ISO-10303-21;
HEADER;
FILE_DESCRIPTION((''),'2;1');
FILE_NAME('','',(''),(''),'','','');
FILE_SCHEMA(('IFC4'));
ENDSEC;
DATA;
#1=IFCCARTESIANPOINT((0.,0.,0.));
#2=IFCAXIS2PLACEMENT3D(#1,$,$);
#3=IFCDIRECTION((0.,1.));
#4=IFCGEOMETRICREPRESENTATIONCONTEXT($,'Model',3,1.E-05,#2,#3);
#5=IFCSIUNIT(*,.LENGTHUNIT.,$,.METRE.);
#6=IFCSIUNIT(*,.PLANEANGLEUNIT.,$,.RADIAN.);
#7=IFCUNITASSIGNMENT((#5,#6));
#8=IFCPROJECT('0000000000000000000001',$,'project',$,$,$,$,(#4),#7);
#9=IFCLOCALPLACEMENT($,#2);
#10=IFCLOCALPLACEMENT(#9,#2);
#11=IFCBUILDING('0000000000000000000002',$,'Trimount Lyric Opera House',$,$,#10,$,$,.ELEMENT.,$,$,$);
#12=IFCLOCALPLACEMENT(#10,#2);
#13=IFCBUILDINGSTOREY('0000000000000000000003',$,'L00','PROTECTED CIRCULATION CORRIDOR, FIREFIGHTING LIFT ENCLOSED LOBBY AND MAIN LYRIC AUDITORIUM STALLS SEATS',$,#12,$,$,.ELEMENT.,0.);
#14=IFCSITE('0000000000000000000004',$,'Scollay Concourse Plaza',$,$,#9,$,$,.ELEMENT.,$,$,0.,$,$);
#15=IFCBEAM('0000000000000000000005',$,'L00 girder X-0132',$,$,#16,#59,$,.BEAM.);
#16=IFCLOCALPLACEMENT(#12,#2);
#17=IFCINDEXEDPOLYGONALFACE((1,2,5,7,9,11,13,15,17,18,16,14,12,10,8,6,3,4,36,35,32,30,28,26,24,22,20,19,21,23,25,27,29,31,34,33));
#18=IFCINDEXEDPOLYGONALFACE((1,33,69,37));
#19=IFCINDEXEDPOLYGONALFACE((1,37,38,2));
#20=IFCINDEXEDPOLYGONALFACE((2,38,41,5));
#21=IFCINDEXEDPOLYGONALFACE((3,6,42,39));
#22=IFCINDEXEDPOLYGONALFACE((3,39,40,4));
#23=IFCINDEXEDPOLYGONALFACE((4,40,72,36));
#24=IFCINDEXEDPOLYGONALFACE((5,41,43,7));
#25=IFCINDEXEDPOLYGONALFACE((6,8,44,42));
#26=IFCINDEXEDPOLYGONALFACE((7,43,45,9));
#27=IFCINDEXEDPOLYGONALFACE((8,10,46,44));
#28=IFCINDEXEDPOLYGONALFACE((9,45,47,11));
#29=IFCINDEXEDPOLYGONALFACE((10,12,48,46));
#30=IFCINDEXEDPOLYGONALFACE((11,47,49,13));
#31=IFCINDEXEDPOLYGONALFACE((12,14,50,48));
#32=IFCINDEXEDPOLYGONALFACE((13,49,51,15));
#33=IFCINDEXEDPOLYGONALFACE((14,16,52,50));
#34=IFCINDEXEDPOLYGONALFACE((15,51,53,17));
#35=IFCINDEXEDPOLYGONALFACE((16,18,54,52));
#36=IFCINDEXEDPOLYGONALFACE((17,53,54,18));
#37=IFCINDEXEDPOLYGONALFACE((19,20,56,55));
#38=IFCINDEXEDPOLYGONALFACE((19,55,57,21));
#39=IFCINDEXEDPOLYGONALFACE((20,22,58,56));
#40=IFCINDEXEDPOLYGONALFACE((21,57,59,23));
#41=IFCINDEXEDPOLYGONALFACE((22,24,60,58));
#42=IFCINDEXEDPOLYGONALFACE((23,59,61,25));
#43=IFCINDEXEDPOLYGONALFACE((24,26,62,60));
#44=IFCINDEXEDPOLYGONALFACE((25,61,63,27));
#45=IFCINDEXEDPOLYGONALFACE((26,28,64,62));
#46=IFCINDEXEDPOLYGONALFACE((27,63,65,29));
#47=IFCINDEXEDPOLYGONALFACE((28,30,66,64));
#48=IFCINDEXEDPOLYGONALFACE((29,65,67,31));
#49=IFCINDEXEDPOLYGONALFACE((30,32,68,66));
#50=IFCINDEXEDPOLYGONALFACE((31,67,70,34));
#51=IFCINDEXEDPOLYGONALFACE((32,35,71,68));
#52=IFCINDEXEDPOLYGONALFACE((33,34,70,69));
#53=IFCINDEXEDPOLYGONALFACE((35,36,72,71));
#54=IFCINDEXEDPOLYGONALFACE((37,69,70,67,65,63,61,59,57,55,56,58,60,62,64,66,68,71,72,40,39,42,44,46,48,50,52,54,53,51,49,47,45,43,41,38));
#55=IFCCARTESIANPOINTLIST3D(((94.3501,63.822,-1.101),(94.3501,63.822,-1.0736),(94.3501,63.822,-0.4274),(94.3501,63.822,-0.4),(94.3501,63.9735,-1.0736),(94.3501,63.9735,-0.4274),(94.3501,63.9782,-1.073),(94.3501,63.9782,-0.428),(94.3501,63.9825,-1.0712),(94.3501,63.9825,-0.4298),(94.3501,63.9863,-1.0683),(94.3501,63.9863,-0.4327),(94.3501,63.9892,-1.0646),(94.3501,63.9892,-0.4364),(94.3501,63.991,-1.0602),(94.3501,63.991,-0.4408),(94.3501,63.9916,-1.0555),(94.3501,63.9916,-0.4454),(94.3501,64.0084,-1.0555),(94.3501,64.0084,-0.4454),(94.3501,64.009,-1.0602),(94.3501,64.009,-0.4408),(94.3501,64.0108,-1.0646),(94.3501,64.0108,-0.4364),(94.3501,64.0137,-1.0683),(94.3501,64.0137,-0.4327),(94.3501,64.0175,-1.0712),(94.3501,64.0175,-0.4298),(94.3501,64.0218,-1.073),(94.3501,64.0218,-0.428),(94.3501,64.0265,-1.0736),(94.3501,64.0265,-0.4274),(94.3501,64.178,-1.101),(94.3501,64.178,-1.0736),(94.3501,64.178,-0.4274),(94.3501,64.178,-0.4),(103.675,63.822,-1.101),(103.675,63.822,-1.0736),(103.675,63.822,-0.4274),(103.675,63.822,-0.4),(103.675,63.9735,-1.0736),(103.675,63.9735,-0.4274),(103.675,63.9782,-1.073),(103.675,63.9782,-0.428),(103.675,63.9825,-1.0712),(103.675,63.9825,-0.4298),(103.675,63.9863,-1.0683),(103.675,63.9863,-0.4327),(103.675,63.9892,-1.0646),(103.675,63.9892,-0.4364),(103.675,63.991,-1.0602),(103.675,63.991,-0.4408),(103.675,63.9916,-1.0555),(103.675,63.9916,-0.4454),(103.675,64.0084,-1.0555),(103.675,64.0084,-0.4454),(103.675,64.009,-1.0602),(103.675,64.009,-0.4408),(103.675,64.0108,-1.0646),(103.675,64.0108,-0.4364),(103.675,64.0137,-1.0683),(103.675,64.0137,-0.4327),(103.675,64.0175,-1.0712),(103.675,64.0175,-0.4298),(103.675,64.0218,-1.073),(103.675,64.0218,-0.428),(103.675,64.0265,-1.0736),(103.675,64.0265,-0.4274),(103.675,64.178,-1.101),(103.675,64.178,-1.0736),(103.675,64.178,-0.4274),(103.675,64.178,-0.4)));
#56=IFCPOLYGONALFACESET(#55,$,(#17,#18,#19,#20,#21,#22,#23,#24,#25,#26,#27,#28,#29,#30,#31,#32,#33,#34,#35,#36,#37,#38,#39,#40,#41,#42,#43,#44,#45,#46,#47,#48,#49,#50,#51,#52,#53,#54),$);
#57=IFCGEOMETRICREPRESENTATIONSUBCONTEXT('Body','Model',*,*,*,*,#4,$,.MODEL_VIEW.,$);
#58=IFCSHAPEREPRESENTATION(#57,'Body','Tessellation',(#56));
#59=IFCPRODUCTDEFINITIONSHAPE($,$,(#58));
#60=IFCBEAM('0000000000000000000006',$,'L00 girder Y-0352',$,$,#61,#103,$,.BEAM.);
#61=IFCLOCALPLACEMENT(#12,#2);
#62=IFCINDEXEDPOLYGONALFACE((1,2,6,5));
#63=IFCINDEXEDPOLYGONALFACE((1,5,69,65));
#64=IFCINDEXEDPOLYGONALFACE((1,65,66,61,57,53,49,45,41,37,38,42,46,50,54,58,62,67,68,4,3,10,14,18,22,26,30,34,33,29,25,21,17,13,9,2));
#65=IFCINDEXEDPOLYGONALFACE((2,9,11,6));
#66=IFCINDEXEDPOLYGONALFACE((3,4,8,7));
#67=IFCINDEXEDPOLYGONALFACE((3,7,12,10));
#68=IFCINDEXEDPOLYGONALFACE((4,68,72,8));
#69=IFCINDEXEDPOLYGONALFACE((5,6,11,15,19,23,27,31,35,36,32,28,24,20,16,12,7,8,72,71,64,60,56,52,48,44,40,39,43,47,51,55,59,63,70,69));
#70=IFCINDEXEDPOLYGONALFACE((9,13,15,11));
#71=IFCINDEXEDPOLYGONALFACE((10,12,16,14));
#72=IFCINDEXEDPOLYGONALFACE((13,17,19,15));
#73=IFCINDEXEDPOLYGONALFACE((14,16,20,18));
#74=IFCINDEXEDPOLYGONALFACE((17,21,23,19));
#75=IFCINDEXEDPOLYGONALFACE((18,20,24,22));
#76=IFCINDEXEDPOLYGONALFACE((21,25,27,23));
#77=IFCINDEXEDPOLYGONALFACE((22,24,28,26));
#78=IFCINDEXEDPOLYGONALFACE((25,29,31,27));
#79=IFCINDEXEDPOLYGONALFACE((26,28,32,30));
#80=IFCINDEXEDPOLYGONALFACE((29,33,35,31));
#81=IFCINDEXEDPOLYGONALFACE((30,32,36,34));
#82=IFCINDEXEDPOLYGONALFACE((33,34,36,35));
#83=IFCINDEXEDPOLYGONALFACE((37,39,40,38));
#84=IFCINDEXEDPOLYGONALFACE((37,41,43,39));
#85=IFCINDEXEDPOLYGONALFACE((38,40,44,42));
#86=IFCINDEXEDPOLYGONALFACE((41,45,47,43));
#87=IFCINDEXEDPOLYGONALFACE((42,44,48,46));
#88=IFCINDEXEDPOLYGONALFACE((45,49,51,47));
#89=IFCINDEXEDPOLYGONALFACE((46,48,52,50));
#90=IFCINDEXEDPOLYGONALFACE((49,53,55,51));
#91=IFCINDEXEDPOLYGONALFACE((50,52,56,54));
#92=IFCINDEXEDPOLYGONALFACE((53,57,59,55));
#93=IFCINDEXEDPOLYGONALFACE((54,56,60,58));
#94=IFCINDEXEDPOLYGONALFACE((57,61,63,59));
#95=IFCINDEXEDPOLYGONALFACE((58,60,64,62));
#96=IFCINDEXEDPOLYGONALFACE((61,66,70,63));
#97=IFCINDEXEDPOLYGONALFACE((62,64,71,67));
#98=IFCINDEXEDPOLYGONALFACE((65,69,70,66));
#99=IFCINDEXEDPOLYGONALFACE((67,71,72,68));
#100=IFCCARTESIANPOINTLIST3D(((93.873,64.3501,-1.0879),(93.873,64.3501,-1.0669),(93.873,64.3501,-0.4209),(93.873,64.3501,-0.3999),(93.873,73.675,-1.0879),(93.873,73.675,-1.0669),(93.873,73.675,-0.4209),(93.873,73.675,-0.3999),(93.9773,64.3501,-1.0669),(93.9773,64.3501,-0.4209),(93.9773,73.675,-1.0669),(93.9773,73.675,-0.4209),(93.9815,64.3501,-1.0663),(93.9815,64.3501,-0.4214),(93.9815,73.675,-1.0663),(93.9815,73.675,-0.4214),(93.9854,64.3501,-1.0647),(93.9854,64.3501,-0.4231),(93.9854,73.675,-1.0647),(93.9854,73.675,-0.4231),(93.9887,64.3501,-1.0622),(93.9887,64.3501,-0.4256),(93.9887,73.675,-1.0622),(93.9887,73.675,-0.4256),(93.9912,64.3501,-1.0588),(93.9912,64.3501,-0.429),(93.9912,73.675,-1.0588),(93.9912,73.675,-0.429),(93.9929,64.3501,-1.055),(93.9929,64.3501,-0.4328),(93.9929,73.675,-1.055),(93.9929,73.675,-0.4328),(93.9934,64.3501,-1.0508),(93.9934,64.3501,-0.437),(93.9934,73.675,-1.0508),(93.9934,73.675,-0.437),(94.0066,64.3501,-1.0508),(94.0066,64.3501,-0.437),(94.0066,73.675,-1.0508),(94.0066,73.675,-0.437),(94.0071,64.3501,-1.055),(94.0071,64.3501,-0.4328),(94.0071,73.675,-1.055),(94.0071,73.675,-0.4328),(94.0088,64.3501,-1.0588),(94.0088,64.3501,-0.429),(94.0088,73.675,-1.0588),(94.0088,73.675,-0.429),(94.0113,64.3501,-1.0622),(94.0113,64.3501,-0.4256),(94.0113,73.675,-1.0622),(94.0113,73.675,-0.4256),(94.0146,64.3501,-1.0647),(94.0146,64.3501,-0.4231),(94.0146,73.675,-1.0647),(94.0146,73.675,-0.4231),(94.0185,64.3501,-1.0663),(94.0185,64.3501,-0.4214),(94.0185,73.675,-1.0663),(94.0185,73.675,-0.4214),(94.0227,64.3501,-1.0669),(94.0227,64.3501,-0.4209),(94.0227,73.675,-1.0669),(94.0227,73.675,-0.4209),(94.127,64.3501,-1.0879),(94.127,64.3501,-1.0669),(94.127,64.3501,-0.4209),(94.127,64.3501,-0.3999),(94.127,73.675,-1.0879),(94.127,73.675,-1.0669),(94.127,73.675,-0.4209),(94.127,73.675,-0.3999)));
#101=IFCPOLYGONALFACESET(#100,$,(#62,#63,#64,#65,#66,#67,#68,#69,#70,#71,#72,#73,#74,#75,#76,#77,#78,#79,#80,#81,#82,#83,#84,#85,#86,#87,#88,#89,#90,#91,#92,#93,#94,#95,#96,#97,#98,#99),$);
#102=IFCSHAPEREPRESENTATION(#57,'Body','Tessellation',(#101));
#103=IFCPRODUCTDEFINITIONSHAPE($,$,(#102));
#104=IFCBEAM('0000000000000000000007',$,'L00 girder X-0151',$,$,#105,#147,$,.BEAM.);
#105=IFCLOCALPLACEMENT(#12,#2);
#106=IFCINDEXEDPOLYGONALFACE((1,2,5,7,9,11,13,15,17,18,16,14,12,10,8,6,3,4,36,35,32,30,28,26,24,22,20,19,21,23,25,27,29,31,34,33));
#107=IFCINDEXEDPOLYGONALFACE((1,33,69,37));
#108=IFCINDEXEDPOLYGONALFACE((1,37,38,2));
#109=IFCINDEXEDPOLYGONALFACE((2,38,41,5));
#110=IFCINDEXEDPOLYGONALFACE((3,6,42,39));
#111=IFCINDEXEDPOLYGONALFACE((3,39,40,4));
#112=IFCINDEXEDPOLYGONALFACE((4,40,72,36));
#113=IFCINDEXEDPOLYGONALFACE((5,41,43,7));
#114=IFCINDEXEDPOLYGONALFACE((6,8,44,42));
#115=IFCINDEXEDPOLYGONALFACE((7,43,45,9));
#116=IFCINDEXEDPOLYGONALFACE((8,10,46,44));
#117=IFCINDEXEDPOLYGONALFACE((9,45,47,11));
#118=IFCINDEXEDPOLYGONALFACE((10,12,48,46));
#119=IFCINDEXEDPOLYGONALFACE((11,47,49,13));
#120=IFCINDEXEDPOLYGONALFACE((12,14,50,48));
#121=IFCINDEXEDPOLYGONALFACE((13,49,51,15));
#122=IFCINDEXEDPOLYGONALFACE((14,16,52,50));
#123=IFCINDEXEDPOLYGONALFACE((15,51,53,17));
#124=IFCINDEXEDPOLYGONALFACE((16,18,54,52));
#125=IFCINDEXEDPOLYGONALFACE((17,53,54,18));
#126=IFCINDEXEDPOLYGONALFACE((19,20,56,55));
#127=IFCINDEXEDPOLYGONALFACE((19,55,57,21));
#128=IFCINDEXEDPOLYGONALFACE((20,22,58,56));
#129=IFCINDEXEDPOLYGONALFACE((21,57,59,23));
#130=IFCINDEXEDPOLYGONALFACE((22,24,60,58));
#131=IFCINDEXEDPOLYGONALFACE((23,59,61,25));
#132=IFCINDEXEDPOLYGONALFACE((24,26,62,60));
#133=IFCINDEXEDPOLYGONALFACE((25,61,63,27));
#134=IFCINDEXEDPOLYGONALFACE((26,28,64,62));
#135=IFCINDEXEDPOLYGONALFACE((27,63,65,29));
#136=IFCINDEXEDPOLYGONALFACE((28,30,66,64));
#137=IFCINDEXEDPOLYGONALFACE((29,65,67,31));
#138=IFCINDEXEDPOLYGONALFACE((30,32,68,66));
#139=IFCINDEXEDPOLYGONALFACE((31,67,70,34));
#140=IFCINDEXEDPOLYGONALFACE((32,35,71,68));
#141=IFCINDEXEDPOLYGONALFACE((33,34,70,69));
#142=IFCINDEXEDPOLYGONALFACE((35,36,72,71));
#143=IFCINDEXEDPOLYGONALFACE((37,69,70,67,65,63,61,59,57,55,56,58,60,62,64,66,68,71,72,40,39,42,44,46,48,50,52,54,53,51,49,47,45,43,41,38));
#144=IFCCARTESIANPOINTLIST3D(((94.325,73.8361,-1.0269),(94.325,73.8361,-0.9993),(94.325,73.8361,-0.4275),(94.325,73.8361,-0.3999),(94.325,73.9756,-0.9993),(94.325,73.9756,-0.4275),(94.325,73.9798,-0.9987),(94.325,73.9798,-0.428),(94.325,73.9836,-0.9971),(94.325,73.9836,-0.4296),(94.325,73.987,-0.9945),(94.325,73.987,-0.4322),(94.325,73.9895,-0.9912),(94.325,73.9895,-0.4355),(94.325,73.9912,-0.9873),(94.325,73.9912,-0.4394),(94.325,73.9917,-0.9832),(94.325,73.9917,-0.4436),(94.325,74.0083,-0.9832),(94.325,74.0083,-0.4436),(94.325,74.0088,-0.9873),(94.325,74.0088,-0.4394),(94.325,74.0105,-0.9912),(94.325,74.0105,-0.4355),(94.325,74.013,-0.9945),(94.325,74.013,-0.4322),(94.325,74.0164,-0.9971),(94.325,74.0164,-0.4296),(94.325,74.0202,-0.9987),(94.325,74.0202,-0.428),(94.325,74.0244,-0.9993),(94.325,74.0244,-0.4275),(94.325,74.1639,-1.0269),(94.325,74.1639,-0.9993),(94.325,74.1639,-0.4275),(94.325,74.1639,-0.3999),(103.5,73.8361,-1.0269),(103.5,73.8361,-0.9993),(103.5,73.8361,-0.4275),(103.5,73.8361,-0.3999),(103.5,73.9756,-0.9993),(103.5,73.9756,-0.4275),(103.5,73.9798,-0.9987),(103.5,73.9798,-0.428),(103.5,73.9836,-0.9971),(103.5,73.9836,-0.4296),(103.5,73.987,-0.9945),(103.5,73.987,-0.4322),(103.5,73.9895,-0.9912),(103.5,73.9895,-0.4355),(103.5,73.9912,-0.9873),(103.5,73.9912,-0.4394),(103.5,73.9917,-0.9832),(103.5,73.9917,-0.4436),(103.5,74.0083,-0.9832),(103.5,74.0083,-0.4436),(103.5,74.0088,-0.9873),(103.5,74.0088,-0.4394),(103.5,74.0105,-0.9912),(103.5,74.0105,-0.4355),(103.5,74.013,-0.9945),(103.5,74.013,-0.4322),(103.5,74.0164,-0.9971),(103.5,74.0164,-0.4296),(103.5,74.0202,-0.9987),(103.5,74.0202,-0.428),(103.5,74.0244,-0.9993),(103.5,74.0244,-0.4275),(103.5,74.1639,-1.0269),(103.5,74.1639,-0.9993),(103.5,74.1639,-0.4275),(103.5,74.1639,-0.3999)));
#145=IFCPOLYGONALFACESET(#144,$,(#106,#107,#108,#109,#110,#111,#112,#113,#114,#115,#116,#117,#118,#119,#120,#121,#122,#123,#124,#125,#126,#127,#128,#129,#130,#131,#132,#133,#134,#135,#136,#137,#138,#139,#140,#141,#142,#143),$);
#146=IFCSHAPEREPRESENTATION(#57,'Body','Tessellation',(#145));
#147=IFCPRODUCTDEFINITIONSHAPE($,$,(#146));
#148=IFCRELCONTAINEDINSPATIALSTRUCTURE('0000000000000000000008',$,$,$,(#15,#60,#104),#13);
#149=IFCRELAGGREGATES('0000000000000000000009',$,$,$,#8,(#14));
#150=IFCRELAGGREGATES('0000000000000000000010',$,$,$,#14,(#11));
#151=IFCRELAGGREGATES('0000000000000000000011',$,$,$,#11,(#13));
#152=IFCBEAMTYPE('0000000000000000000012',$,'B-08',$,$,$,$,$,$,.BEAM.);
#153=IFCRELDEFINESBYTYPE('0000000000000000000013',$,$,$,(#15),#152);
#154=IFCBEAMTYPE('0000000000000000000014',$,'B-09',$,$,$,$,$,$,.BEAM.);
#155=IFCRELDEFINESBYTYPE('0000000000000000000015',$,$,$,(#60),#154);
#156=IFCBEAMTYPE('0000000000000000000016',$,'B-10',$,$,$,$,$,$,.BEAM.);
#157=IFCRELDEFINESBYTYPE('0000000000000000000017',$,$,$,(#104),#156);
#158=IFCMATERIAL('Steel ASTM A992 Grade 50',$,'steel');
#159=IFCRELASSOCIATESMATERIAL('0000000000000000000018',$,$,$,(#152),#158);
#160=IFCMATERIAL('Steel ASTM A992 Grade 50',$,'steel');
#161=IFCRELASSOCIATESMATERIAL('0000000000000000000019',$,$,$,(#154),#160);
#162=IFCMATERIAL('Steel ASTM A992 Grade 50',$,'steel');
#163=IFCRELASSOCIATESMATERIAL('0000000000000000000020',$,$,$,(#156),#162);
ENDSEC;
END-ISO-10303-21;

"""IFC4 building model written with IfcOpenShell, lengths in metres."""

from ifc_helpers import new_model, si_unit, direction, frame, origin, origin_2d, place, context, subcontext, project, spatial, i_section, extrude, material, material_profile, profile_set, type_object, element, save


model = new_model("IFC4")

# Units and contexts
model_context = context("Model", 3, precision=1e-05, world=origin(), true_north=direction((0.0, 1.0)))
body_context = subcontext(model_context, "Body", "Model", "MODEL_VIEW")
ifc_project = project(units=[si_unit("LENGTHUNIT", "METRE"), si_unit("PLANEANGLEUNIT", "RADIAN")], contexts=[model_context])

# Site, building, storey
site_placement = place(None, origin())
site = spatial("IfcSite", under=ifc_project, at=site_placement, Name="Scollay Concourse Plaza", CompositionType="ELEMENT", RefElevation=0.0)
building_placement = place(site_placement, origin())
building = spatial("IfcBuilding", under=site, at=building_placement, Name="Trimount Lyric Opera House", CompositionType="ELEMENT")
storey_placement = place(building_placement, origin())
storey = spatial("IfcBuildingStorey", under=building, at=storey_placement, Name="L00", Description="PROTECTED CIRCULATION CORRIDOR, FIREFIGHTING LIFT ENCLOSED LOBBY AND MAIN LYRIC AUDITORIUM STALLS SEATS", CompositionType="ELEMENT", Elevation=0.0)

# Beams
ifc_material_1 = material(Name="Steel ASTM A992 Grade 50", Category="steel")
ifc_material_profile_1 = material_profile(ifc_material_1, i_section(OverallWidth=0.356, OverallDepth=0.7009, WebThickness=0.0168, FlangeThickness=0.0273, FilletRadius=0.0181, at=origin_2d()), Name="W27X161")
ifc_profile_set_1 = profile_set([ifc_material_profile_1], Name="Steel ASTM A992 Grade 50")
beam_type_1 = type_object("IfcBeamType", Name="B-08", PredefinedType="BEAM", material=ifc_profile_set_1)
beam_1_placement = place(storey_placement, frame((94.3501, 64.0, -0.7505), z_axis=(1.0, 0.0, 0.0), x_axis=(0.0, 1.0, 0.0)))
element("IfcBeam", 1, at=beam_1_placement, inside=storey, type_object=beam_type_1, Name="L00 girder X-0132", PredefinedType="BEAM", context=body_context, shape_type="SweptSolid", body=[
    extrude(i_section(OverallWidth=0.356, OverallDepth=0.7009, WebThickness=0.0168, FlangeThickness=0.0273, FilletRadius=0.0181, at=origin_2d()), origin(), (0.0, 0.0, 1.0), 9.325),
])
ifc_material_2 = material(Name="Steel ASTM A992 Grade 50", Category="steel")
ifc_material_profile_2 = material_profile(ifc_material_2, i_section(OverallWidth=0.2539, OverallDepth=0.688, WebThickness=0.0132, FlangeThickness=0.021, FilletRadius=0.0161, at=origin_2d()), Name="W27X102")
ifc_profile_set_2 = profile_set([ifc_material_profile_2], Name="Steel ASTM A992 Grade 50")
beam_type_2 = type_object("IfcBeamType", Name="B-09", PredefinedType="BEAM", material=ifc_profile_set_2)
beam_2_placement = place(storey_placement, frame((94.0, 64.3501, -0.7439), z_axis=(0.0, 1.0, 0.0), x_axis=(-1.0, 0.0, 0.0)))
element("IfcBeam", 2, at=beam_2_placement, inside=storey, type_object=beam_type_2, Name="L00 girder Y-0352", PredefinedType="BEAM", context=body_context, shape_type="SweptSolid", body=[
    extrude(i_section(OverallWidth=0.2539, OverallDepth=0.688, WebThickness=0.0132, FlangeThickness=0.021, FilletRadius=0.0161, at=origin_2d()), origin(), (0.0, 0.0, 1.0), 9.325),
])
ifc_material_3 = material(Name="Steel ASTM A992 Grade 50", Category="steel")
ifc_material_profile_3 = material_profile(ifc_material_3, i_section(OverallWidth=0.3279, OverallDepth=0.627, WebThickness=0.0166, FlangeThickness=0.0276, FilletRadius=0.0161, at=origin_2d()), Name="W24X146")
ifc_profile_set_3 = profile_set([ifc_material_profile_3], Name="Steel ASTM A992 Grade 50")
beam_type_3 = type_object("IfcBeamType", Name="B-10", PredefinedType="BEAM", material=ifc_profile_set_3)
beam_3_placement = place(storey_placement, frame((94.325, 74.0, -0.7134), z_axis=(1.0, 0.0, 0.0), x_axis=(0.0, 1.0, 0.0)))
element("IfcBeam", 3, at=beam_3_placement, inside=storey, type_object=beam_type_3, Name="L00 girder X-0151", PredefinedType="BEAM", context=body_context, shape_type="SweptSolid", body=[
    extrude(i_section(OverallWidth=0.3279, OverallDepth=0.627, WebThickness=0.0166, FlangeThickness=0.0276, FilletRadius=0.0161, at=origin_2d()), origin(), (0.0, 0.0, 1.0), 9.175),
])

save(model, "model.ifc")
